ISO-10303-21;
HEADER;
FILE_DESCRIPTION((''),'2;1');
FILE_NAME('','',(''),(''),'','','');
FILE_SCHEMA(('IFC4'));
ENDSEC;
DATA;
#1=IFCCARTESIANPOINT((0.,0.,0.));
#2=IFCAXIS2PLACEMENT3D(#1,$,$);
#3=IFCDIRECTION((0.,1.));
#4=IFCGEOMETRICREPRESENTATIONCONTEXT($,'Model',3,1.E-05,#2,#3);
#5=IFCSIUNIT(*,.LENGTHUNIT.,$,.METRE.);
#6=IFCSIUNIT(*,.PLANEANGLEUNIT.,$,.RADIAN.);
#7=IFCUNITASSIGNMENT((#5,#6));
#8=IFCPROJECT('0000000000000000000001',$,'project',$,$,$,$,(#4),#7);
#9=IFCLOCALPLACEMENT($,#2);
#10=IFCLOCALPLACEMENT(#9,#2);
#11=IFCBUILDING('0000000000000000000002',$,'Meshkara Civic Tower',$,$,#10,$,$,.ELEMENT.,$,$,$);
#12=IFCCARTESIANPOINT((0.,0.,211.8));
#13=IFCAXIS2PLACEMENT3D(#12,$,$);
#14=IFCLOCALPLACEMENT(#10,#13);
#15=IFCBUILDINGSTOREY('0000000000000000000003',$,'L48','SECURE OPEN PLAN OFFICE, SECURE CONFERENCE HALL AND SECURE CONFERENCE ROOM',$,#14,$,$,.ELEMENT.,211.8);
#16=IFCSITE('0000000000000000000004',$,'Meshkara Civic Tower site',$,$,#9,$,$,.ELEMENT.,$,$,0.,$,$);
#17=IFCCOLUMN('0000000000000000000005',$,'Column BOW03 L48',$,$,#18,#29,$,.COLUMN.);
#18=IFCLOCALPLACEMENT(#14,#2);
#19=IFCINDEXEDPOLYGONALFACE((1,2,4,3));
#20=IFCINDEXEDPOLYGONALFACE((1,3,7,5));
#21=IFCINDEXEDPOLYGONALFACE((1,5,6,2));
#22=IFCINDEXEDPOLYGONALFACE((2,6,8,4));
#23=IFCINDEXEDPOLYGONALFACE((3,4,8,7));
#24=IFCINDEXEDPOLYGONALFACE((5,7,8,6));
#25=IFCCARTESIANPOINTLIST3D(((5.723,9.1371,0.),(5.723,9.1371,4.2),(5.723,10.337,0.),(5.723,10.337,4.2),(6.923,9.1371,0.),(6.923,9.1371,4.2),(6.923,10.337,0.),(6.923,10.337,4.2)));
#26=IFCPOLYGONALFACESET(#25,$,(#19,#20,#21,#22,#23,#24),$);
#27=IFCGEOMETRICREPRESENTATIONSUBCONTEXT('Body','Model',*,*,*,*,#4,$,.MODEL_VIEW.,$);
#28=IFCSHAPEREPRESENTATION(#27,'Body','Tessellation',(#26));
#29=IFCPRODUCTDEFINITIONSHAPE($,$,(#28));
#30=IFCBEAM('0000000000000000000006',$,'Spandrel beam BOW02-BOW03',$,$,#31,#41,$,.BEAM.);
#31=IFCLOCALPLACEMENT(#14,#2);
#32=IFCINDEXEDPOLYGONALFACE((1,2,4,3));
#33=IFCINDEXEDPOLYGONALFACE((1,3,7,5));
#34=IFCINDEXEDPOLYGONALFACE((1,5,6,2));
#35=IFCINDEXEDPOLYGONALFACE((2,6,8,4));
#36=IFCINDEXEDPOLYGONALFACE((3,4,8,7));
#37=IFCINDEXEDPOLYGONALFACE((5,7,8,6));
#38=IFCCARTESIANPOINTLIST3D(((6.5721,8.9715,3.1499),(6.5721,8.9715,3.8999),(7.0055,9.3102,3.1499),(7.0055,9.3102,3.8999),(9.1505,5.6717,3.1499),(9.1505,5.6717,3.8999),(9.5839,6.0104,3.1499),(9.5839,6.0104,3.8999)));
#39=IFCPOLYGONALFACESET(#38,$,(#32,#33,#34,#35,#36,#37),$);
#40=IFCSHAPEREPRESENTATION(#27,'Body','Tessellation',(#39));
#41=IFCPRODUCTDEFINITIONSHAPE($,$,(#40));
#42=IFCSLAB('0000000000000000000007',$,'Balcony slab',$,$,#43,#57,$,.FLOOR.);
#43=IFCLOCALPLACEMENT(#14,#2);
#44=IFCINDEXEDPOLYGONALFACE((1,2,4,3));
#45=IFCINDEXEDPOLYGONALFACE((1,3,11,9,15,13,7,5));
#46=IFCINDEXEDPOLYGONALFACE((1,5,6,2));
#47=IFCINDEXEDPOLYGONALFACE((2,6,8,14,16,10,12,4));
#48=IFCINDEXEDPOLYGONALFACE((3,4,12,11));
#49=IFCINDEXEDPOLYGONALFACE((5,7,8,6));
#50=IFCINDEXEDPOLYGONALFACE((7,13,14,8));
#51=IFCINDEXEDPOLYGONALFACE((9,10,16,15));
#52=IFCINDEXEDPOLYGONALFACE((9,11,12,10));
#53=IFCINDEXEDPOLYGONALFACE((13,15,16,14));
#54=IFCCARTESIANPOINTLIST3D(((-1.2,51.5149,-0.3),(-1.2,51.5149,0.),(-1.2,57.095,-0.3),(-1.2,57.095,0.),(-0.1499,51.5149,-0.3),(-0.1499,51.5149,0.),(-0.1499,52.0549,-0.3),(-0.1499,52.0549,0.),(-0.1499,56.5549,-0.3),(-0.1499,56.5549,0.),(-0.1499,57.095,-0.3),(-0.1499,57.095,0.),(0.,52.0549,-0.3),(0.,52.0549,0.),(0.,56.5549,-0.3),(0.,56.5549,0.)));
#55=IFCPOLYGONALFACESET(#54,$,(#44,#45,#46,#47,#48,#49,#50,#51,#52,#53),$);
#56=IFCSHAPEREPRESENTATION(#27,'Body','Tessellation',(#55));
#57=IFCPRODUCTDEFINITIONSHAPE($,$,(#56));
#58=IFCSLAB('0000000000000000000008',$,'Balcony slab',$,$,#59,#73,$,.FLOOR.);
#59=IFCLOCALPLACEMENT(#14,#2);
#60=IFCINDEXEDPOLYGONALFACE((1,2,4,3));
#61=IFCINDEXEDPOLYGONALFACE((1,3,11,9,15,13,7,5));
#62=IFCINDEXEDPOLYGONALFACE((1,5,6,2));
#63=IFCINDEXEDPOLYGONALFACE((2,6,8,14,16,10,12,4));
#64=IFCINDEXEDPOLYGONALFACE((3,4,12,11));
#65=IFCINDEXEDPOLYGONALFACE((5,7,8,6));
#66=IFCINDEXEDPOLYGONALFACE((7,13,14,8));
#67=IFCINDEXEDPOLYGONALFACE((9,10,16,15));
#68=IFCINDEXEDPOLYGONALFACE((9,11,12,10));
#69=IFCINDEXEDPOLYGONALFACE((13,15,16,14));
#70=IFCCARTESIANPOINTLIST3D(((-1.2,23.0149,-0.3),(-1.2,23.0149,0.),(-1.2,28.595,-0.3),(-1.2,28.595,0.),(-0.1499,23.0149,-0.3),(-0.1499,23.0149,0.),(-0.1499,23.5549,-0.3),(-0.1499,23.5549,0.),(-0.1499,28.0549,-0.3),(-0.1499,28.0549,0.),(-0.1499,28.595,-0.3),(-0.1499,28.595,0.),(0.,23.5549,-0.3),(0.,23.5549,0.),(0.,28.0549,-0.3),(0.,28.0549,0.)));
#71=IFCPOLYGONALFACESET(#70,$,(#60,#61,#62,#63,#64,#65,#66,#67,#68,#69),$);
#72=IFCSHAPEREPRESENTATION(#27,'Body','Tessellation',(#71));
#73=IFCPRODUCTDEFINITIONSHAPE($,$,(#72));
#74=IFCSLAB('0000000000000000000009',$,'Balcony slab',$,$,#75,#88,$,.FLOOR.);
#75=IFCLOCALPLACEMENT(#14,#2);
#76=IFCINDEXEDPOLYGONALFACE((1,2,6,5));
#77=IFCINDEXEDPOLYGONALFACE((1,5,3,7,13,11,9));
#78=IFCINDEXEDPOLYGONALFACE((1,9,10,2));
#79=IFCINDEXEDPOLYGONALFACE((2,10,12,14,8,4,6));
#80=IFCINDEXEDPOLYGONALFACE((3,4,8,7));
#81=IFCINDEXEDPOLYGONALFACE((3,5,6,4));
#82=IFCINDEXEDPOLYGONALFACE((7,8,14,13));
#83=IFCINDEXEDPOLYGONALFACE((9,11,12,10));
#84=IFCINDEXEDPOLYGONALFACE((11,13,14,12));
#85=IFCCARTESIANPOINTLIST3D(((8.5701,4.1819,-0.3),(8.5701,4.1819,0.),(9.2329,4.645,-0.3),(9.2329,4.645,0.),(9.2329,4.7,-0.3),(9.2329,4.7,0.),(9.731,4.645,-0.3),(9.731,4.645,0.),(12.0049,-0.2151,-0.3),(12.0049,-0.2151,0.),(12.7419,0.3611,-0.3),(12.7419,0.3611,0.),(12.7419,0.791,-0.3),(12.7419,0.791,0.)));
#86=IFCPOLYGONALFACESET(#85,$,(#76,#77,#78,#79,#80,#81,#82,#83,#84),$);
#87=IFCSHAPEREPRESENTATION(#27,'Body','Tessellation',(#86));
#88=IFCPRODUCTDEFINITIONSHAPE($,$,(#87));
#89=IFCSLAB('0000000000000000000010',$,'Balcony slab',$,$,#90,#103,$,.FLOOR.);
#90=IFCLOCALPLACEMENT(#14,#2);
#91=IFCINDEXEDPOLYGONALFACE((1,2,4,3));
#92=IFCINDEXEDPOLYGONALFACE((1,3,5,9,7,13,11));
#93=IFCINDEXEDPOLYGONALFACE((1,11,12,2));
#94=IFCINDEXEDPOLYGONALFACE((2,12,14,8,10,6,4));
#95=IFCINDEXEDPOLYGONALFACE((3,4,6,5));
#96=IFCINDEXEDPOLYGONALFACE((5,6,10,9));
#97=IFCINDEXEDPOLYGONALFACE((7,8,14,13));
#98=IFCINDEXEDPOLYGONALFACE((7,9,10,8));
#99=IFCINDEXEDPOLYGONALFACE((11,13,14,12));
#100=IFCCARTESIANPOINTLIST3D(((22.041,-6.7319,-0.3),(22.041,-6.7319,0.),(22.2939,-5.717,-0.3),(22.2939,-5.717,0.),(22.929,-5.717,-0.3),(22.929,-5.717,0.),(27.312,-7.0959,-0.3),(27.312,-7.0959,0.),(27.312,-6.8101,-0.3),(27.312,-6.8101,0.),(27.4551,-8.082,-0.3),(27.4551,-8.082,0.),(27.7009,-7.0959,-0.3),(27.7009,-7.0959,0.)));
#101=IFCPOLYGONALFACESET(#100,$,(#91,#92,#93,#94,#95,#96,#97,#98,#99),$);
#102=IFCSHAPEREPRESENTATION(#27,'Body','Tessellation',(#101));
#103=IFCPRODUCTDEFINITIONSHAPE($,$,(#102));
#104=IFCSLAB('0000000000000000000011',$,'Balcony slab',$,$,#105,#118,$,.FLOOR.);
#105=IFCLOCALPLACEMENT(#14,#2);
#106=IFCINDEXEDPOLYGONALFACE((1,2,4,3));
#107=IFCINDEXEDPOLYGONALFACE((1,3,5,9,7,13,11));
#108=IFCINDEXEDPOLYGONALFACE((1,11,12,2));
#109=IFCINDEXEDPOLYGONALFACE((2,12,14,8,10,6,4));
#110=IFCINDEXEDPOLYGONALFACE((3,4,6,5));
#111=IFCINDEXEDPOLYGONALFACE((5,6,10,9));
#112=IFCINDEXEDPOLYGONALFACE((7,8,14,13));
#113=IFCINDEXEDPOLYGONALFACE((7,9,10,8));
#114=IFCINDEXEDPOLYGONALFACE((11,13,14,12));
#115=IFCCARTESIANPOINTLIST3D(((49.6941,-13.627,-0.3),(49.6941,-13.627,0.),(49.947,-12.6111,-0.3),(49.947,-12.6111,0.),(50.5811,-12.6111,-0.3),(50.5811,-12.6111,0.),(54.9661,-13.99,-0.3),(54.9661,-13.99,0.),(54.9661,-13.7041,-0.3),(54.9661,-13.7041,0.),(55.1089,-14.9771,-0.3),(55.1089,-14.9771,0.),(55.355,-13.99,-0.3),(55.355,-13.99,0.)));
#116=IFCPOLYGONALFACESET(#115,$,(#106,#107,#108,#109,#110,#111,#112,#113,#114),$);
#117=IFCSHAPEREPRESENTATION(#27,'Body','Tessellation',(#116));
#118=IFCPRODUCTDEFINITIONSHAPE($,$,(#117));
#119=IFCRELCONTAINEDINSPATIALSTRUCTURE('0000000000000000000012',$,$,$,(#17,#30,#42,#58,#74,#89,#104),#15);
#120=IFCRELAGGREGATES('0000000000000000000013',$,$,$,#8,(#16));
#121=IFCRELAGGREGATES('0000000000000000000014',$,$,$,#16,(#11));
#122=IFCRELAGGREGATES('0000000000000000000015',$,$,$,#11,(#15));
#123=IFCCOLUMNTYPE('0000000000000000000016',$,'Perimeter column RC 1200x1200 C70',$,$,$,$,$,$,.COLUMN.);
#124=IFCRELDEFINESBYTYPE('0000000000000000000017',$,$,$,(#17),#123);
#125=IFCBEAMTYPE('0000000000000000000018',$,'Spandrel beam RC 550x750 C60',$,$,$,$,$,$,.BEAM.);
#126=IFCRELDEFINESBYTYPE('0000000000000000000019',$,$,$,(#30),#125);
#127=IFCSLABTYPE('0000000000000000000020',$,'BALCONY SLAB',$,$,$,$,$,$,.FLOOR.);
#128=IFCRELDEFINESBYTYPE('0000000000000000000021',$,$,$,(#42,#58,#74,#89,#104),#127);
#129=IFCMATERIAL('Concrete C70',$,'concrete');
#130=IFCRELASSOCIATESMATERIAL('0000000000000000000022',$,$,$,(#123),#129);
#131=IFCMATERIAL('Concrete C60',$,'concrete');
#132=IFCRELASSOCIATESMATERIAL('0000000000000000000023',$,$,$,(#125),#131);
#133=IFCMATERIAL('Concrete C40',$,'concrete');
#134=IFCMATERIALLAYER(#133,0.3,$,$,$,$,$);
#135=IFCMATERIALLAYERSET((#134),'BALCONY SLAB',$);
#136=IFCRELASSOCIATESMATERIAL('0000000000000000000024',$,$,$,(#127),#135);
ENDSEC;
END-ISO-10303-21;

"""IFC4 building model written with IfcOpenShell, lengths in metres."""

from ifc_helpers import new_model, si_unit, direction, frame, origin, origin_2d, place, context, subcontext, project, spatial, polyline, rectangle, outline, extrude, material, layer, layer_set, material_profile, profile_set, type_object, element, save


model = new_model("IFC4")

# Units and contexts
model_context = context("Model", 3, precision=1e-05, world=origin(), true_north=direction((0.0, 1.0)))
body_context = subcontext(model_context, "Body", "Model", "MODEL_VIEW")
ifc_project = project(units=[si_unit("LENGTHUNIT", "METRE"), si_unit("PLANEANGLEUNIT", "RADIAN")], contexts=[model_context])

# Site, building, storey
site_placement = place(None, origin())
site = spatial("IfcSite", under=ifc_project, at=site_placement, Name="Meshkara Civic Tower site", CompositionType="ELEMENT", RefElevation=0.0)
building_placement = place(site_placement, origin())
building = spatial("IfcBuilding", under=site, at=building_placement, Name="Meshkara Civic Tower", CompositionType="ELEMENT")
storey_placement = place(building_placement, frame((0.0, 0.0, 211.8)))
storey = spatial("IfcBuildingStorey", under=building, at=storey_placement, Name="L48", Description="SECURE OPEN PLAN OFFICE, SECURE CONFERENCE HALL AND SECURE CONFERENCE ROOM", CompositionType="ELEMENT", Elevation=211.8)

# Column
ifc_material_1 = material(Name="Concrete C70", Category="concrete")
ifc_material_profile_1 = material_profile(ifc_material_1, rectangle(XDim=1.2, YDim=1.2, at=origin_2d()))
ifc_profile_set_1 = profile_set([ifc_material_profile_1], Name="Concrete C70")
column_type = type_object("IfcColumnType", Name="Perimeter column RC 1200x1200 C70", PredefinedType="COLUMN", material=ifc_profile_set_1)
column_placement = place(storey_placement, frame((6.323, 9.7371, 0.0), z_axis=(0.0, 0.0, 1.0), x_axis=(1.0, 0.0, 0.0)))
element("IfcColumn", 1, at=column_placement, inside=storey, type_object=column_type, Name="Column BOW03 L48", PredefinedType="COLUMN", context=body_context, shape_type="SweptSolid", body=[
    extrude(rectangle(XDim=1.2, YDim=1.2, at=origin_2d()), origin(), (0.0, 0.0, 1.0), 4.2),
])

# Beam
ifc_material_2 = material(Name="Concrete C60", Category="concrete")
ifc_material_profile_2 = material_profile(ifc_material_2, rectangle(XDim=0.55, YDim=0.75, at=origin_2d()))
ifc_profile_set_2 = profile_set([ifc_material_profile_2], Name="Concrete C60")
beam_type = type_object("IfcBeamType", Name="Spandrel beam RC 550x750 C60", PredefinedType="BEAM", material=ifc_profile_set_2)
beam_placement = place(storey_placement, frame((6.7888, 9.1409, 3.5249), z_axis=(0.615703, -0.787978, 0.0), x_axis=(0.787978, 0.615703, 0.0)))
element("IfcBeam", 2, at=beam_placement, inside=storey, type_object=beam_type, Name="Spandrel beam BOW02-BOW03", PredefinedType="BEAM", context=body_context, shape_type="SweptSolid", body=[
    extrude(rectangle(XDim=0.55, YDim=0.75, at=origin_2d()), origin(), (0.0, 0.0, 1.0), 4.1877),
])

# Slabs
ifc_material_3 = material(Name="Concrete C40", Category="concrete")
ifc_layer_1 = layer(ifc_material_3, 0.3)
ifc_layer_set_1 = layer_set([ifc_layer_1], Name="BALCONY SLAB")
slab_type_1 = type_object("IfcSlabType", Name="BALCONY SLAB", PredefinedType="FLOOR", material=ifc_layer_set_1)
slab_1_placement = place(storey_placement, frame((0.0, 0.0, -0.3)))
element("IfcSlab", 3, at=slab_1_placement, inside=storey, type_object=slab_type_1, Name="Balcony slab", PredefinedType="FLOOR", context=body_context, shape_type="SweptSolid", body=[
    extrude(outline(polyline([(-1.2, 51.5149), (-1.2, 57.095), (-0.1499, 57.095), (-0.1499, 56.5549), (0.0, 56.5549), (0.0, 52.0549), (-0.1499, 52.0549), (-0.1499, 51.5149), (-1.2, 51.5149)])), origin(), (0.0, 0.0, 1.0), 0.3),
])
slab_2_placement = place(storey_placement, frame((0.0, 0.0, -0.3)))
element("IfcSlab", 4, at=slab_2_placement, inside=storey, type_object=slab_type_1, Name="Balcony slab", PredefinedType="FLOOR", context=body_context, shape_type="SweptSolid", body=[
    extrude(outline(polyline([(-1.2, 23.0149), (-1.2, 28.595), (-0.1499, 28.595), (-0.1499, 28.0549), (0.0, 28.0549), (0.0, 23.5549), (-0.1499, 23.5549), (-0.1499, 23.0149), (-1.2, 23.0149)])), origin(), (0.0, 0.0, 1.0), 0.3),
])
slab_3_placement = place(storey_placement, frame((0.0, 0.0, -0.3)))
element("IfcSlab", 5, at=slab_3_placement, inside=storey, type_object=slab_type_1, Name="Balcony slab", PredefinedType="FLOOR", context=body_context, shape_type="SweptSolid", body=[
    extrude(outline(polyline([(12.0049, -0.2151), (8.5701, 4.1819), (9.2329, 4.7), (9.2329, 4.645), (9.731, 4.645), (12.7419, 0.791), (12.7419, 0.3611), (12.0049, -0.2151)])), origin(), (0.0, 0.0, 1.0), 0.3),
])
slab_4_placement = place(storey_placement, frame((0.0, 0.0, -0.3)))
element("IfcSlab", 6, at=slab_4_placement, inside=storey, type_object=slab_type_1, Name="Balcony slab", PredefinedType="FLOOR", context=body_context, shape_type="SweptSolid", body=[
    extrude(outline(polyline([(27.4551, -8.082), (22.041, -6.7319), (22.2939, -5.717), (22.929, -5.717), (27.312, -6.8101), (27.312, -7.0959), (27.7009, -7.0959), (27.4551, -8.082)])), origin(), (0.0, 0.0, 1.0), 0.3),
])
slab_5_placement = place(storey_placement, frame((0.0, 0.0, -0.3)))
element("IfcSlab", 7, at=slab_5_placement, inside=storey, type_object=slab_type_1, Name="Balcony slab", PredefinedType="FLOOR", context=body_context, shape_type="SweptSolid", body=[
    extrude(outline(polyline([(55.1089, -14.9771), (49.6941, -13.627), (49.947, -12.6111), (50.5811, -12.6111), (54.9661, -13.7041), (54.9661, -13.99), (55.355, -13.99), (55.1089, -14.9771)])), origin(), (0.0, 0.0, 1.0), 0.3),
])

save(model, "model.ifc")
